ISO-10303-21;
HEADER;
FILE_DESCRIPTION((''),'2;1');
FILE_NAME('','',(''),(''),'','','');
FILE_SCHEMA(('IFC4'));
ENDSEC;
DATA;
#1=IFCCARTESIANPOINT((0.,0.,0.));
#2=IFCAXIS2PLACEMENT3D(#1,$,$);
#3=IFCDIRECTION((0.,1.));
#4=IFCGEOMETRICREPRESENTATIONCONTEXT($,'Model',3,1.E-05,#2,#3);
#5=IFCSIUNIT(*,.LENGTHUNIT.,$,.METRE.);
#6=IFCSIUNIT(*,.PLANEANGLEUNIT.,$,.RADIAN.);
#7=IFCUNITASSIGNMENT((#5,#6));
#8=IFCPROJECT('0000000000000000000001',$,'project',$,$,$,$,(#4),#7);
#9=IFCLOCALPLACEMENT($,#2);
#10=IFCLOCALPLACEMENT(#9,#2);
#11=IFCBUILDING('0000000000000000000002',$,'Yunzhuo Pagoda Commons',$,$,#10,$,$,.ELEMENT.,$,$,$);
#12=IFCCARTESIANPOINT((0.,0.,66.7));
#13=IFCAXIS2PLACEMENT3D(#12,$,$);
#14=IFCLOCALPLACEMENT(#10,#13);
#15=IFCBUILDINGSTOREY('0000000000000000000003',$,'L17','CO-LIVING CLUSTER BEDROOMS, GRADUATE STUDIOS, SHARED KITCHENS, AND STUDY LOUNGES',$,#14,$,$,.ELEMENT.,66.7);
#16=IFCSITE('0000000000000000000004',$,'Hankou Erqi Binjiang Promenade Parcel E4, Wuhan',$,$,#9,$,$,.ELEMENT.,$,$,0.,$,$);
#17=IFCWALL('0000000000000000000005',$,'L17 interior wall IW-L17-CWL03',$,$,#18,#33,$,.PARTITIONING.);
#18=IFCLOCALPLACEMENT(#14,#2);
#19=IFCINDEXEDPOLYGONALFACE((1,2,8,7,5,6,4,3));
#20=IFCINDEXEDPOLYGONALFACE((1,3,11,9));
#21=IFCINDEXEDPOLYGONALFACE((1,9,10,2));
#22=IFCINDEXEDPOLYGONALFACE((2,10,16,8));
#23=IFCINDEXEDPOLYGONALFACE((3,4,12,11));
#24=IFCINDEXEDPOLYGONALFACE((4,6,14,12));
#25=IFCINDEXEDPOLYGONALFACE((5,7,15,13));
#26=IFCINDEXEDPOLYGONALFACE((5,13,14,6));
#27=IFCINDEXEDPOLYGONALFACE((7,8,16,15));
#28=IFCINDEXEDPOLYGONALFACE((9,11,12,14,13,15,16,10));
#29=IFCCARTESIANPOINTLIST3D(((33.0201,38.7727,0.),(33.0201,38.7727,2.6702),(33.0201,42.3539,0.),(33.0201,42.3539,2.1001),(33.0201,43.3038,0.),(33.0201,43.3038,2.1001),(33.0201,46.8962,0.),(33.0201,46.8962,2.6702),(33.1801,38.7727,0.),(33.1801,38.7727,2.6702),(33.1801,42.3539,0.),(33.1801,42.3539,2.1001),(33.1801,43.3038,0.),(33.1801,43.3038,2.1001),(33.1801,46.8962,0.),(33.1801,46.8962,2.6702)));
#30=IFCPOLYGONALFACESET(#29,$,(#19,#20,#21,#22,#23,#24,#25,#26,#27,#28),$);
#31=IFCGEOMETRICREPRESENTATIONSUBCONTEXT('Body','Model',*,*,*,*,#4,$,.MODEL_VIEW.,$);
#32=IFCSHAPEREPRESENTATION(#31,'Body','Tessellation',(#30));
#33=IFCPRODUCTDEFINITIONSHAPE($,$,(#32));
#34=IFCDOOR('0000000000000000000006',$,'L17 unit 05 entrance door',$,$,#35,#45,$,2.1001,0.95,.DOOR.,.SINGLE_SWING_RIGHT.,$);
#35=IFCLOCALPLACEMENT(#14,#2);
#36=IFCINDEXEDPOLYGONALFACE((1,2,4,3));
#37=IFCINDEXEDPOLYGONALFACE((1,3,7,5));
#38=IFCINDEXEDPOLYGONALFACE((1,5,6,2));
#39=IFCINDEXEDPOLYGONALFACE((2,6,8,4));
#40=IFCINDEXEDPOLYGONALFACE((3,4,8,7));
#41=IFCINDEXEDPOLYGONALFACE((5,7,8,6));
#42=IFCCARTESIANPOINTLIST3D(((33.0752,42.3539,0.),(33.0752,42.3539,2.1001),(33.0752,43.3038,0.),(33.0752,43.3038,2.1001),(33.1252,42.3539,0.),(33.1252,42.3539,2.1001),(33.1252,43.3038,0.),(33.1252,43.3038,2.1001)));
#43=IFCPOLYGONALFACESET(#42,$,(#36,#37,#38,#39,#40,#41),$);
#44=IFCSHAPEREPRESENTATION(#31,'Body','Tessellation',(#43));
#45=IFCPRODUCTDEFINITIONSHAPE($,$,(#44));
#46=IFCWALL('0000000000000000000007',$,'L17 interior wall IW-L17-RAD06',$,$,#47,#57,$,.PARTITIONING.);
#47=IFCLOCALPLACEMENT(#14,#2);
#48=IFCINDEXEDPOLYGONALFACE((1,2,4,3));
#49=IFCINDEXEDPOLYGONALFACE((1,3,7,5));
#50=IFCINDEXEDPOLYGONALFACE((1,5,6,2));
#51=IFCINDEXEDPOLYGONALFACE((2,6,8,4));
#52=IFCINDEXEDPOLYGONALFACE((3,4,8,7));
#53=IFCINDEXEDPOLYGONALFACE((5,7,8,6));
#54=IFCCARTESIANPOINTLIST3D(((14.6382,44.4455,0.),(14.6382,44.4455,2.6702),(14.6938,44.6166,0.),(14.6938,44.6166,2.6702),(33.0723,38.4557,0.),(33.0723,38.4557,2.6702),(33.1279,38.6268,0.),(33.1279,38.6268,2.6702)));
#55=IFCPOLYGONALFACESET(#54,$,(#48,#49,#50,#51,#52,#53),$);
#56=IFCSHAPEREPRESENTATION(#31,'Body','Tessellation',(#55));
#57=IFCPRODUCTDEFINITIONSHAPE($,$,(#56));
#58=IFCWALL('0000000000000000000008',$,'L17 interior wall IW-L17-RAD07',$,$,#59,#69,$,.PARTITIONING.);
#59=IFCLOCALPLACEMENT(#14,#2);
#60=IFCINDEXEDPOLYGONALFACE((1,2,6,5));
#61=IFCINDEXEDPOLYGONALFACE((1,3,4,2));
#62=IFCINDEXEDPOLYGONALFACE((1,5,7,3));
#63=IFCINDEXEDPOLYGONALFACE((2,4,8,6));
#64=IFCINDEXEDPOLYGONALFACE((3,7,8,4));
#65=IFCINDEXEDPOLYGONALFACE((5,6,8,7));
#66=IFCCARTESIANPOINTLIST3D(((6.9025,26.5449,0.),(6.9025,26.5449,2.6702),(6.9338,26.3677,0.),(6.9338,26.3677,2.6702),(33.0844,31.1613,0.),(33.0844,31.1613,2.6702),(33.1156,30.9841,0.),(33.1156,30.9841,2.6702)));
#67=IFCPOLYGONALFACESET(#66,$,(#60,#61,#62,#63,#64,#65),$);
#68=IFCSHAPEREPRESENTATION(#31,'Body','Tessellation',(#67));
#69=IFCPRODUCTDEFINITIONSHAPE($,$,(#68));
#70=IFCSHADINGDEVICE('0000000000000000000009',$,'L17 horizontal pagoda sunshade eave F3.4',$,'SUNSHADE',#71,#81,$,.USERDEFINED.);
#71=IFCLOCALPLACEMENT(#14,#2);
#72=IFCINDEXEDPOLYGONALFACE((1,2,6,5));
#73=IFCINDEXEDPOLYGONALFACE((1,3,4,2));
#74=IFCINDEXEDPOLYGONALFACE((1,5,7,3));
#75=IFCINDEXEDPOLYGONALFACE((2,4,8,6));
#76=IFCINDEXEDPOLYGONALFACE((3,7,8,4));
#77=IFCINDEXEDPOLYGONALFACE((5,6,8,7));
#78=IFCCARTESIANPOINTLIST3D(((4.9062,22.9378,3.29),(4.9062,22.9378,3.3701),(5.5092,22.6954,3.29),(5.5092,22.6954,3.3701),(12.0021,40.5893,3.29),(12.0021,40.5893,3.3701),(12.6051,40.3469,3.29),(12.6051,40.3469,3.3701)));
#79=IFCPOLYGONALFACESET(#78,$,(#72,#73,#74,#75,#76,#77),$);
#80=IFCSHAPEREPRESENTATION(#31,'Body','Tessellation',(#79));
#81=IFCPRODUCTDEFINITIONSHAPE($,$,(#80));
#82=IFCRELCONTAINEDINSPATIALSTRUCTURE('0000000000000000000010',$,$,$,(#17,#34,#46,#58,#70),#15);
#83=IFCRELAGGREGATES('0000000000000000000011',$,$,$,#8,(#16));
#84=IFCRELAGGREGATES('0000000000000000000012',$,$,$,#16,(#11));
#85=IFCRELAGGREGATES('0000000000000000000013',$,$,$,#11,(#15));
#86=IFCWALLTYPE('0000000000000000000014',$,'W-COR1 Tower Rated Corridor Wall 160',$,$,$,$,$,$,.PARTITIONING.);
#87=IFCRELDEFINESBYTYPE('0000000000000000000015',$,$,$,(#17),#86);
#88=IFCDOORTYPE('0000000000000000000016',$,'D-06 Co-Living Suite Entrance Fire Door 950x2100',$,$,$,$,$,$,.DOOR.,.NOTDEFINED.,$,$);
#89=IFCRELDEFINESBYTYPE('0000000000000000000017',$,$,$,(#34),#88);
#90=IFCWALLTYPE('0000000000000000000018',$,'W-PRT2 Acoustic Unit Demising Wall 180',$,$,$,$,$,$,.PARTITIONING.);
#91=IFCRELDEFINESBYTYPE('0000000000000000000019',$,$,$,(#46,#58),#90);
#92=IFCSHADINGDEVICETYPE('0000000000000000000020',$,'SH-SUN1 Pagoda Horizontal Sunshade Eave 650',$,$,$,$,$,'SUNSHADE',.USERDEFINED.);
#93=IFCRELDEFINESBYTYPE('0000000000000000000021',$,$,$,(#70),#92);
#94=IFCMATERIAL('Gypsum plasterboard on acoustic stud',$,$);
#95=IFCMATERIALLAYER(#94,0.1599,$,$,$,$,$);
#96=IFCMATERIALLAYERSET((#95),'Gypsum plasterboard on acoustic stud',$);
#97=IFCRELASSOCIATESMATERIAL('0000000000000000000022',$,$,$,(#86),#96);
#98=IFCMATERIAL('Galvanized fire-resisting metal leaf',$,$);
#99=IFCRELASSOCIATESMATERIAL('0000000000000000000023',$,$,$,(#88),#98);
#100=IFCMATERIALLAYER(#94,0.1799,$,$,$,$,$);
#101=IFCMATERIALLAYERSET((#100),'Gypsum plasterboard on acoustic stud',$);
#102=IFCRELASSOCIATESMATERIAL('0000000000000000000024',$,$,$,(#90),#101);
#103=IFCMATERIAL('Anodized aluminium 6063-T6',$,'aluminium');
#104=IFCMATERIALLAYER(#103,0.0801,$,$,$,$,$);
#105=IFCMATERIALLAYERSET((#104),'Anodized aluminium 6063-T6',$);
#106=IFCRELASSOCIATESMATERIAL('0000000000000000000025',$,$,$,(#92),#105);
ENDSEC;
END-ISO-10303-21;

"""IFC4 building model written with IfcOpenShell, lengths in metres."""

from ifc_helpers import new_model, si_unit, direction, frame, frame_2d, origin, origin_with_axes, origin_2d, place, context, subcontext, project, spatial, rectangle, extrude, source, transform, mapped, material, layer, layer_set, type_object, element, fill, save


model = new_model("IFC4")

# Units and contexts
model_context = context("Model", 3, precision=1e-05, world=origin(), true_north=direction((0.0, 1.0)))
body_context = subcontext(model_context, "Body", "Model", "MODEL_VIEW")
ifc_project = project(units=[si_unit("LENGTHUNIT", "METRE"), si_unit("PLANEANGLEUNIT", "RADIAN")], contexts=[model_context])

# Site, building, storey
site_placement = place(None, origin())
site = spatial("IfcSite", under=ifc_project, at=site_placement, Name="Hankou Erqi Binjiang Promenade Parcel E4, Wuhan", CompositionType="ELEMENT", RefElevation=0.0)
building_placement = place(site_placement, origin())
building = spatial("IfcBuilding", under=site, at=building_placement, Name="Yunzhuo Pagoda Commons", CompositionType="ELEMENT")
storey_placement = place(building_placement, frame((0.0, 0.0, 66.7)))
storey = spatial("IfcBuildingStorey", under=building, at=storey_placement, Name="L17", Description="CO-LIVING CLUSTER BEDROOMS, GRADUATE STUDIOS, SHARED KITCHENS, AND STUDY LOUNGES", CompositionType="ELEMENT", Elevation=66.7)

# Shared definitions
ifc_material_1 = material(Name="Anodized aluminium 6063-T6", Category="aluminium")

# Shared definitions
ifc_material_2 = material(Name="Galvanized fire-resisting metal leaf")

# Shared definitions
ifc_material_3 = material(Name="Gypsum plasterboard on acoustic stud")
ifc_layer_1 = layer(ifc_material_3, 0.1599)
ifc_layer_set_1 = layer_set([ifc_layer_1], Name="Gypsum plasterboard on acoustic stud")
wall_type_1 = type_object("IfcWallType", Name="W-COR1 Tower Rated Corridor Wall 160", PredefinedType="PARTITIONING", material=ifc_layer_set_1)

# Wall, opening, door
door_type_1 = type_object("IfcDoorType", Name="D-06 Co-Living Suite Entrance Fire Door 950x2100", OperationType="NOTDEFINED", PredefinedType="DOOR", material=ifc_material_2)
shared_shape_1 = source(origin(), body_context, "Body", "SweptSolid", [
    extrude(rectangle(XDim=0.95, YDim=2.1001, at=frame_2d((0.4751, 1.05))), frame((0.0, 0.0249, 0.0), z_axis=(0.0, -1.0, 0.0), x_axis=(1.0, 0.0, 0.0)), (0.0, 0.0, 1.0), 0.05),
])
wall_1_placement = place(storey_placement, frame((33.1001, 38.7727, 0.0), z_axis=(0.0, 0.0, 1.0), x_axis=(0.0, 1.0, 0.0)))
wall_1 = element("IfcWall", 1, at=wall_1_placement, inside=storey, type_object=wall_type_1, Name="L17 interior wall IW-L17-CWL03", PredefinedType="PARTITIONING", context=body_context, shape_type="SweptSolid", body=[
    extrude(rectangle(XDim=8.1235, YDim=0.1599, at=frame_2d((4.0618, 0.0))), origin(), (0.0, 0.0, 1.0), 2.6702),
])
opening_1_placement = place(wall_1_placement, frame((3.5811, 0.0, 0.0)))
opening_1 = element("IfcOpeningElement", 2, at=opening_1_placement, cuts=wall_1, PredefinedType="OPENING", context=body_context, shape_type="SweptSolid", body=[
    extrude(rectangle(XDim=0.95, YDim=2.1001, at=frame_2d((0.4751, 1.05))), frame((0.0, 0.0898, 0.0), z_axis=(0.0, -1.0, 0.0), x_axis=(1.0, 0.0, 0.0)), (0.0, 0.0, 1.0), 0.1799),
])
door_1_placement = place(opening_1_placement, origin_with_axes())
door_1 = element("IfcDoor", 3, at=door_1_placement, inside=storey, type_object=door_type_1, Name="L17 unit 05 entrance door", OperationType="SINGLE_SWING_RIGHT", OverallHeight=2.1001, OverallWidth=0.95, PredefinedType="DOOR", context=body_context, shape_type="MappedRepresentation", body=[
    mapped(shared_shape_1, transform((0.0, 0.0, 0.0), scale=1.0)),
])
fill(opening_1, door_1)

# Walls
ifc_layer_2 = layer(ifc_material_3, 0.1799)
ifc_layer_set_2 = layer_set([ifc_layer_2], Name="Gypsum plasterboard on acoustic stud")
wall_type_2 = type_object("IfcWallType", Name="W-PRT2 Acoustic Unit Demising Wall 180", PredefinedType="PARTITIONING", material=ifc_layer_set_2)
wall_2_placement = place(storey_placement, frame((33.1001, 38.5413, 0.0), z_axis=(0.0, 0.0, 1.0), x_axis=(-0.951054, 0.309024, 0.0)))
element("IfcWall", 4, at=wall_2_placement, inside=storey, type_object=wall_type_2, Name="L17 interior wall IW-L17-RAD06", PredefinedType="PARTITIONING", context=body_context, shape_type="SweptSolid", body=[
    extrude(rectangle(XDim=19.3828, YDim=0.1799, at=frame_2d((9.6914, 0.0))), origin(), (0.0, 0.0, 1.0), 2.6702),
])
wall_3_placement = place(storey_placement, frame((33.1001, 31.0728, 0.0), z_axis=(0.0, 0.0, 1.0), x_axis=(-0.984809, -0.173644, 0.0)))
element("IfcWall", 5, at=wall_3_placement, inside=storey, type_object=wall_type_2, Name="L17 interior wall IW-L17-RAD07", PredefinedType="PARTITIONING", context=body_context, shape_type="SweptSolid", body=[
    extrude(rectangle(XDim=26.5857, YDim=0.1799, at=frame_2d((13.293, 0.0))), origin(), (0.0, 0.0, 1.0), 2.6702),
])

# Shading device
ifc_layer_3 = layer(ifc_material_1, 0.0801)
ifc_layer_set_3 = layer_set([ifc_layer_3], Name="Anodized aluminium 6063-T6")
shading_device_type = type_object("IfcShadingDeviceType", Name="SH-SUN1 Pagoda Horizontal Sunshade Eave 650", ElementType="SUNSHADE", PredefinedType="USERDEFINED", material=ifc_layer_set_3)
shared_shape_2 = source(origin(), body_context, "Body", "SweptSolid", [
    extrude(rectangle(XDim=19.0244, YDim=0.6499, at=origin_2d()), origin(), (0.0, 0.0, 1.0), 0.0801),
])
shading_device_placement = place(storey_placement, frame((8.7556, 31.6423, 3.29), z_axis=(0.0, 0.0, 1.0), x_axis=(-0.372988, -0.927836, 0.0)))
element("IfcShadingDevice", 6, at=shading_device_placement, inside=storey, type_object=shading_device_type, Name="L17 horizontal pagoda sunshade eave F3.4", ObjectType="SUNSHADE", PredefinedType="USERDEFINED", context=body_context, shape_type="MappedRepresentation", body=[
    mapped(shared_shape_2, transform((0.0, 0.0, 0.0), scale=1.0)),
])

save(model, "model.ifc")
